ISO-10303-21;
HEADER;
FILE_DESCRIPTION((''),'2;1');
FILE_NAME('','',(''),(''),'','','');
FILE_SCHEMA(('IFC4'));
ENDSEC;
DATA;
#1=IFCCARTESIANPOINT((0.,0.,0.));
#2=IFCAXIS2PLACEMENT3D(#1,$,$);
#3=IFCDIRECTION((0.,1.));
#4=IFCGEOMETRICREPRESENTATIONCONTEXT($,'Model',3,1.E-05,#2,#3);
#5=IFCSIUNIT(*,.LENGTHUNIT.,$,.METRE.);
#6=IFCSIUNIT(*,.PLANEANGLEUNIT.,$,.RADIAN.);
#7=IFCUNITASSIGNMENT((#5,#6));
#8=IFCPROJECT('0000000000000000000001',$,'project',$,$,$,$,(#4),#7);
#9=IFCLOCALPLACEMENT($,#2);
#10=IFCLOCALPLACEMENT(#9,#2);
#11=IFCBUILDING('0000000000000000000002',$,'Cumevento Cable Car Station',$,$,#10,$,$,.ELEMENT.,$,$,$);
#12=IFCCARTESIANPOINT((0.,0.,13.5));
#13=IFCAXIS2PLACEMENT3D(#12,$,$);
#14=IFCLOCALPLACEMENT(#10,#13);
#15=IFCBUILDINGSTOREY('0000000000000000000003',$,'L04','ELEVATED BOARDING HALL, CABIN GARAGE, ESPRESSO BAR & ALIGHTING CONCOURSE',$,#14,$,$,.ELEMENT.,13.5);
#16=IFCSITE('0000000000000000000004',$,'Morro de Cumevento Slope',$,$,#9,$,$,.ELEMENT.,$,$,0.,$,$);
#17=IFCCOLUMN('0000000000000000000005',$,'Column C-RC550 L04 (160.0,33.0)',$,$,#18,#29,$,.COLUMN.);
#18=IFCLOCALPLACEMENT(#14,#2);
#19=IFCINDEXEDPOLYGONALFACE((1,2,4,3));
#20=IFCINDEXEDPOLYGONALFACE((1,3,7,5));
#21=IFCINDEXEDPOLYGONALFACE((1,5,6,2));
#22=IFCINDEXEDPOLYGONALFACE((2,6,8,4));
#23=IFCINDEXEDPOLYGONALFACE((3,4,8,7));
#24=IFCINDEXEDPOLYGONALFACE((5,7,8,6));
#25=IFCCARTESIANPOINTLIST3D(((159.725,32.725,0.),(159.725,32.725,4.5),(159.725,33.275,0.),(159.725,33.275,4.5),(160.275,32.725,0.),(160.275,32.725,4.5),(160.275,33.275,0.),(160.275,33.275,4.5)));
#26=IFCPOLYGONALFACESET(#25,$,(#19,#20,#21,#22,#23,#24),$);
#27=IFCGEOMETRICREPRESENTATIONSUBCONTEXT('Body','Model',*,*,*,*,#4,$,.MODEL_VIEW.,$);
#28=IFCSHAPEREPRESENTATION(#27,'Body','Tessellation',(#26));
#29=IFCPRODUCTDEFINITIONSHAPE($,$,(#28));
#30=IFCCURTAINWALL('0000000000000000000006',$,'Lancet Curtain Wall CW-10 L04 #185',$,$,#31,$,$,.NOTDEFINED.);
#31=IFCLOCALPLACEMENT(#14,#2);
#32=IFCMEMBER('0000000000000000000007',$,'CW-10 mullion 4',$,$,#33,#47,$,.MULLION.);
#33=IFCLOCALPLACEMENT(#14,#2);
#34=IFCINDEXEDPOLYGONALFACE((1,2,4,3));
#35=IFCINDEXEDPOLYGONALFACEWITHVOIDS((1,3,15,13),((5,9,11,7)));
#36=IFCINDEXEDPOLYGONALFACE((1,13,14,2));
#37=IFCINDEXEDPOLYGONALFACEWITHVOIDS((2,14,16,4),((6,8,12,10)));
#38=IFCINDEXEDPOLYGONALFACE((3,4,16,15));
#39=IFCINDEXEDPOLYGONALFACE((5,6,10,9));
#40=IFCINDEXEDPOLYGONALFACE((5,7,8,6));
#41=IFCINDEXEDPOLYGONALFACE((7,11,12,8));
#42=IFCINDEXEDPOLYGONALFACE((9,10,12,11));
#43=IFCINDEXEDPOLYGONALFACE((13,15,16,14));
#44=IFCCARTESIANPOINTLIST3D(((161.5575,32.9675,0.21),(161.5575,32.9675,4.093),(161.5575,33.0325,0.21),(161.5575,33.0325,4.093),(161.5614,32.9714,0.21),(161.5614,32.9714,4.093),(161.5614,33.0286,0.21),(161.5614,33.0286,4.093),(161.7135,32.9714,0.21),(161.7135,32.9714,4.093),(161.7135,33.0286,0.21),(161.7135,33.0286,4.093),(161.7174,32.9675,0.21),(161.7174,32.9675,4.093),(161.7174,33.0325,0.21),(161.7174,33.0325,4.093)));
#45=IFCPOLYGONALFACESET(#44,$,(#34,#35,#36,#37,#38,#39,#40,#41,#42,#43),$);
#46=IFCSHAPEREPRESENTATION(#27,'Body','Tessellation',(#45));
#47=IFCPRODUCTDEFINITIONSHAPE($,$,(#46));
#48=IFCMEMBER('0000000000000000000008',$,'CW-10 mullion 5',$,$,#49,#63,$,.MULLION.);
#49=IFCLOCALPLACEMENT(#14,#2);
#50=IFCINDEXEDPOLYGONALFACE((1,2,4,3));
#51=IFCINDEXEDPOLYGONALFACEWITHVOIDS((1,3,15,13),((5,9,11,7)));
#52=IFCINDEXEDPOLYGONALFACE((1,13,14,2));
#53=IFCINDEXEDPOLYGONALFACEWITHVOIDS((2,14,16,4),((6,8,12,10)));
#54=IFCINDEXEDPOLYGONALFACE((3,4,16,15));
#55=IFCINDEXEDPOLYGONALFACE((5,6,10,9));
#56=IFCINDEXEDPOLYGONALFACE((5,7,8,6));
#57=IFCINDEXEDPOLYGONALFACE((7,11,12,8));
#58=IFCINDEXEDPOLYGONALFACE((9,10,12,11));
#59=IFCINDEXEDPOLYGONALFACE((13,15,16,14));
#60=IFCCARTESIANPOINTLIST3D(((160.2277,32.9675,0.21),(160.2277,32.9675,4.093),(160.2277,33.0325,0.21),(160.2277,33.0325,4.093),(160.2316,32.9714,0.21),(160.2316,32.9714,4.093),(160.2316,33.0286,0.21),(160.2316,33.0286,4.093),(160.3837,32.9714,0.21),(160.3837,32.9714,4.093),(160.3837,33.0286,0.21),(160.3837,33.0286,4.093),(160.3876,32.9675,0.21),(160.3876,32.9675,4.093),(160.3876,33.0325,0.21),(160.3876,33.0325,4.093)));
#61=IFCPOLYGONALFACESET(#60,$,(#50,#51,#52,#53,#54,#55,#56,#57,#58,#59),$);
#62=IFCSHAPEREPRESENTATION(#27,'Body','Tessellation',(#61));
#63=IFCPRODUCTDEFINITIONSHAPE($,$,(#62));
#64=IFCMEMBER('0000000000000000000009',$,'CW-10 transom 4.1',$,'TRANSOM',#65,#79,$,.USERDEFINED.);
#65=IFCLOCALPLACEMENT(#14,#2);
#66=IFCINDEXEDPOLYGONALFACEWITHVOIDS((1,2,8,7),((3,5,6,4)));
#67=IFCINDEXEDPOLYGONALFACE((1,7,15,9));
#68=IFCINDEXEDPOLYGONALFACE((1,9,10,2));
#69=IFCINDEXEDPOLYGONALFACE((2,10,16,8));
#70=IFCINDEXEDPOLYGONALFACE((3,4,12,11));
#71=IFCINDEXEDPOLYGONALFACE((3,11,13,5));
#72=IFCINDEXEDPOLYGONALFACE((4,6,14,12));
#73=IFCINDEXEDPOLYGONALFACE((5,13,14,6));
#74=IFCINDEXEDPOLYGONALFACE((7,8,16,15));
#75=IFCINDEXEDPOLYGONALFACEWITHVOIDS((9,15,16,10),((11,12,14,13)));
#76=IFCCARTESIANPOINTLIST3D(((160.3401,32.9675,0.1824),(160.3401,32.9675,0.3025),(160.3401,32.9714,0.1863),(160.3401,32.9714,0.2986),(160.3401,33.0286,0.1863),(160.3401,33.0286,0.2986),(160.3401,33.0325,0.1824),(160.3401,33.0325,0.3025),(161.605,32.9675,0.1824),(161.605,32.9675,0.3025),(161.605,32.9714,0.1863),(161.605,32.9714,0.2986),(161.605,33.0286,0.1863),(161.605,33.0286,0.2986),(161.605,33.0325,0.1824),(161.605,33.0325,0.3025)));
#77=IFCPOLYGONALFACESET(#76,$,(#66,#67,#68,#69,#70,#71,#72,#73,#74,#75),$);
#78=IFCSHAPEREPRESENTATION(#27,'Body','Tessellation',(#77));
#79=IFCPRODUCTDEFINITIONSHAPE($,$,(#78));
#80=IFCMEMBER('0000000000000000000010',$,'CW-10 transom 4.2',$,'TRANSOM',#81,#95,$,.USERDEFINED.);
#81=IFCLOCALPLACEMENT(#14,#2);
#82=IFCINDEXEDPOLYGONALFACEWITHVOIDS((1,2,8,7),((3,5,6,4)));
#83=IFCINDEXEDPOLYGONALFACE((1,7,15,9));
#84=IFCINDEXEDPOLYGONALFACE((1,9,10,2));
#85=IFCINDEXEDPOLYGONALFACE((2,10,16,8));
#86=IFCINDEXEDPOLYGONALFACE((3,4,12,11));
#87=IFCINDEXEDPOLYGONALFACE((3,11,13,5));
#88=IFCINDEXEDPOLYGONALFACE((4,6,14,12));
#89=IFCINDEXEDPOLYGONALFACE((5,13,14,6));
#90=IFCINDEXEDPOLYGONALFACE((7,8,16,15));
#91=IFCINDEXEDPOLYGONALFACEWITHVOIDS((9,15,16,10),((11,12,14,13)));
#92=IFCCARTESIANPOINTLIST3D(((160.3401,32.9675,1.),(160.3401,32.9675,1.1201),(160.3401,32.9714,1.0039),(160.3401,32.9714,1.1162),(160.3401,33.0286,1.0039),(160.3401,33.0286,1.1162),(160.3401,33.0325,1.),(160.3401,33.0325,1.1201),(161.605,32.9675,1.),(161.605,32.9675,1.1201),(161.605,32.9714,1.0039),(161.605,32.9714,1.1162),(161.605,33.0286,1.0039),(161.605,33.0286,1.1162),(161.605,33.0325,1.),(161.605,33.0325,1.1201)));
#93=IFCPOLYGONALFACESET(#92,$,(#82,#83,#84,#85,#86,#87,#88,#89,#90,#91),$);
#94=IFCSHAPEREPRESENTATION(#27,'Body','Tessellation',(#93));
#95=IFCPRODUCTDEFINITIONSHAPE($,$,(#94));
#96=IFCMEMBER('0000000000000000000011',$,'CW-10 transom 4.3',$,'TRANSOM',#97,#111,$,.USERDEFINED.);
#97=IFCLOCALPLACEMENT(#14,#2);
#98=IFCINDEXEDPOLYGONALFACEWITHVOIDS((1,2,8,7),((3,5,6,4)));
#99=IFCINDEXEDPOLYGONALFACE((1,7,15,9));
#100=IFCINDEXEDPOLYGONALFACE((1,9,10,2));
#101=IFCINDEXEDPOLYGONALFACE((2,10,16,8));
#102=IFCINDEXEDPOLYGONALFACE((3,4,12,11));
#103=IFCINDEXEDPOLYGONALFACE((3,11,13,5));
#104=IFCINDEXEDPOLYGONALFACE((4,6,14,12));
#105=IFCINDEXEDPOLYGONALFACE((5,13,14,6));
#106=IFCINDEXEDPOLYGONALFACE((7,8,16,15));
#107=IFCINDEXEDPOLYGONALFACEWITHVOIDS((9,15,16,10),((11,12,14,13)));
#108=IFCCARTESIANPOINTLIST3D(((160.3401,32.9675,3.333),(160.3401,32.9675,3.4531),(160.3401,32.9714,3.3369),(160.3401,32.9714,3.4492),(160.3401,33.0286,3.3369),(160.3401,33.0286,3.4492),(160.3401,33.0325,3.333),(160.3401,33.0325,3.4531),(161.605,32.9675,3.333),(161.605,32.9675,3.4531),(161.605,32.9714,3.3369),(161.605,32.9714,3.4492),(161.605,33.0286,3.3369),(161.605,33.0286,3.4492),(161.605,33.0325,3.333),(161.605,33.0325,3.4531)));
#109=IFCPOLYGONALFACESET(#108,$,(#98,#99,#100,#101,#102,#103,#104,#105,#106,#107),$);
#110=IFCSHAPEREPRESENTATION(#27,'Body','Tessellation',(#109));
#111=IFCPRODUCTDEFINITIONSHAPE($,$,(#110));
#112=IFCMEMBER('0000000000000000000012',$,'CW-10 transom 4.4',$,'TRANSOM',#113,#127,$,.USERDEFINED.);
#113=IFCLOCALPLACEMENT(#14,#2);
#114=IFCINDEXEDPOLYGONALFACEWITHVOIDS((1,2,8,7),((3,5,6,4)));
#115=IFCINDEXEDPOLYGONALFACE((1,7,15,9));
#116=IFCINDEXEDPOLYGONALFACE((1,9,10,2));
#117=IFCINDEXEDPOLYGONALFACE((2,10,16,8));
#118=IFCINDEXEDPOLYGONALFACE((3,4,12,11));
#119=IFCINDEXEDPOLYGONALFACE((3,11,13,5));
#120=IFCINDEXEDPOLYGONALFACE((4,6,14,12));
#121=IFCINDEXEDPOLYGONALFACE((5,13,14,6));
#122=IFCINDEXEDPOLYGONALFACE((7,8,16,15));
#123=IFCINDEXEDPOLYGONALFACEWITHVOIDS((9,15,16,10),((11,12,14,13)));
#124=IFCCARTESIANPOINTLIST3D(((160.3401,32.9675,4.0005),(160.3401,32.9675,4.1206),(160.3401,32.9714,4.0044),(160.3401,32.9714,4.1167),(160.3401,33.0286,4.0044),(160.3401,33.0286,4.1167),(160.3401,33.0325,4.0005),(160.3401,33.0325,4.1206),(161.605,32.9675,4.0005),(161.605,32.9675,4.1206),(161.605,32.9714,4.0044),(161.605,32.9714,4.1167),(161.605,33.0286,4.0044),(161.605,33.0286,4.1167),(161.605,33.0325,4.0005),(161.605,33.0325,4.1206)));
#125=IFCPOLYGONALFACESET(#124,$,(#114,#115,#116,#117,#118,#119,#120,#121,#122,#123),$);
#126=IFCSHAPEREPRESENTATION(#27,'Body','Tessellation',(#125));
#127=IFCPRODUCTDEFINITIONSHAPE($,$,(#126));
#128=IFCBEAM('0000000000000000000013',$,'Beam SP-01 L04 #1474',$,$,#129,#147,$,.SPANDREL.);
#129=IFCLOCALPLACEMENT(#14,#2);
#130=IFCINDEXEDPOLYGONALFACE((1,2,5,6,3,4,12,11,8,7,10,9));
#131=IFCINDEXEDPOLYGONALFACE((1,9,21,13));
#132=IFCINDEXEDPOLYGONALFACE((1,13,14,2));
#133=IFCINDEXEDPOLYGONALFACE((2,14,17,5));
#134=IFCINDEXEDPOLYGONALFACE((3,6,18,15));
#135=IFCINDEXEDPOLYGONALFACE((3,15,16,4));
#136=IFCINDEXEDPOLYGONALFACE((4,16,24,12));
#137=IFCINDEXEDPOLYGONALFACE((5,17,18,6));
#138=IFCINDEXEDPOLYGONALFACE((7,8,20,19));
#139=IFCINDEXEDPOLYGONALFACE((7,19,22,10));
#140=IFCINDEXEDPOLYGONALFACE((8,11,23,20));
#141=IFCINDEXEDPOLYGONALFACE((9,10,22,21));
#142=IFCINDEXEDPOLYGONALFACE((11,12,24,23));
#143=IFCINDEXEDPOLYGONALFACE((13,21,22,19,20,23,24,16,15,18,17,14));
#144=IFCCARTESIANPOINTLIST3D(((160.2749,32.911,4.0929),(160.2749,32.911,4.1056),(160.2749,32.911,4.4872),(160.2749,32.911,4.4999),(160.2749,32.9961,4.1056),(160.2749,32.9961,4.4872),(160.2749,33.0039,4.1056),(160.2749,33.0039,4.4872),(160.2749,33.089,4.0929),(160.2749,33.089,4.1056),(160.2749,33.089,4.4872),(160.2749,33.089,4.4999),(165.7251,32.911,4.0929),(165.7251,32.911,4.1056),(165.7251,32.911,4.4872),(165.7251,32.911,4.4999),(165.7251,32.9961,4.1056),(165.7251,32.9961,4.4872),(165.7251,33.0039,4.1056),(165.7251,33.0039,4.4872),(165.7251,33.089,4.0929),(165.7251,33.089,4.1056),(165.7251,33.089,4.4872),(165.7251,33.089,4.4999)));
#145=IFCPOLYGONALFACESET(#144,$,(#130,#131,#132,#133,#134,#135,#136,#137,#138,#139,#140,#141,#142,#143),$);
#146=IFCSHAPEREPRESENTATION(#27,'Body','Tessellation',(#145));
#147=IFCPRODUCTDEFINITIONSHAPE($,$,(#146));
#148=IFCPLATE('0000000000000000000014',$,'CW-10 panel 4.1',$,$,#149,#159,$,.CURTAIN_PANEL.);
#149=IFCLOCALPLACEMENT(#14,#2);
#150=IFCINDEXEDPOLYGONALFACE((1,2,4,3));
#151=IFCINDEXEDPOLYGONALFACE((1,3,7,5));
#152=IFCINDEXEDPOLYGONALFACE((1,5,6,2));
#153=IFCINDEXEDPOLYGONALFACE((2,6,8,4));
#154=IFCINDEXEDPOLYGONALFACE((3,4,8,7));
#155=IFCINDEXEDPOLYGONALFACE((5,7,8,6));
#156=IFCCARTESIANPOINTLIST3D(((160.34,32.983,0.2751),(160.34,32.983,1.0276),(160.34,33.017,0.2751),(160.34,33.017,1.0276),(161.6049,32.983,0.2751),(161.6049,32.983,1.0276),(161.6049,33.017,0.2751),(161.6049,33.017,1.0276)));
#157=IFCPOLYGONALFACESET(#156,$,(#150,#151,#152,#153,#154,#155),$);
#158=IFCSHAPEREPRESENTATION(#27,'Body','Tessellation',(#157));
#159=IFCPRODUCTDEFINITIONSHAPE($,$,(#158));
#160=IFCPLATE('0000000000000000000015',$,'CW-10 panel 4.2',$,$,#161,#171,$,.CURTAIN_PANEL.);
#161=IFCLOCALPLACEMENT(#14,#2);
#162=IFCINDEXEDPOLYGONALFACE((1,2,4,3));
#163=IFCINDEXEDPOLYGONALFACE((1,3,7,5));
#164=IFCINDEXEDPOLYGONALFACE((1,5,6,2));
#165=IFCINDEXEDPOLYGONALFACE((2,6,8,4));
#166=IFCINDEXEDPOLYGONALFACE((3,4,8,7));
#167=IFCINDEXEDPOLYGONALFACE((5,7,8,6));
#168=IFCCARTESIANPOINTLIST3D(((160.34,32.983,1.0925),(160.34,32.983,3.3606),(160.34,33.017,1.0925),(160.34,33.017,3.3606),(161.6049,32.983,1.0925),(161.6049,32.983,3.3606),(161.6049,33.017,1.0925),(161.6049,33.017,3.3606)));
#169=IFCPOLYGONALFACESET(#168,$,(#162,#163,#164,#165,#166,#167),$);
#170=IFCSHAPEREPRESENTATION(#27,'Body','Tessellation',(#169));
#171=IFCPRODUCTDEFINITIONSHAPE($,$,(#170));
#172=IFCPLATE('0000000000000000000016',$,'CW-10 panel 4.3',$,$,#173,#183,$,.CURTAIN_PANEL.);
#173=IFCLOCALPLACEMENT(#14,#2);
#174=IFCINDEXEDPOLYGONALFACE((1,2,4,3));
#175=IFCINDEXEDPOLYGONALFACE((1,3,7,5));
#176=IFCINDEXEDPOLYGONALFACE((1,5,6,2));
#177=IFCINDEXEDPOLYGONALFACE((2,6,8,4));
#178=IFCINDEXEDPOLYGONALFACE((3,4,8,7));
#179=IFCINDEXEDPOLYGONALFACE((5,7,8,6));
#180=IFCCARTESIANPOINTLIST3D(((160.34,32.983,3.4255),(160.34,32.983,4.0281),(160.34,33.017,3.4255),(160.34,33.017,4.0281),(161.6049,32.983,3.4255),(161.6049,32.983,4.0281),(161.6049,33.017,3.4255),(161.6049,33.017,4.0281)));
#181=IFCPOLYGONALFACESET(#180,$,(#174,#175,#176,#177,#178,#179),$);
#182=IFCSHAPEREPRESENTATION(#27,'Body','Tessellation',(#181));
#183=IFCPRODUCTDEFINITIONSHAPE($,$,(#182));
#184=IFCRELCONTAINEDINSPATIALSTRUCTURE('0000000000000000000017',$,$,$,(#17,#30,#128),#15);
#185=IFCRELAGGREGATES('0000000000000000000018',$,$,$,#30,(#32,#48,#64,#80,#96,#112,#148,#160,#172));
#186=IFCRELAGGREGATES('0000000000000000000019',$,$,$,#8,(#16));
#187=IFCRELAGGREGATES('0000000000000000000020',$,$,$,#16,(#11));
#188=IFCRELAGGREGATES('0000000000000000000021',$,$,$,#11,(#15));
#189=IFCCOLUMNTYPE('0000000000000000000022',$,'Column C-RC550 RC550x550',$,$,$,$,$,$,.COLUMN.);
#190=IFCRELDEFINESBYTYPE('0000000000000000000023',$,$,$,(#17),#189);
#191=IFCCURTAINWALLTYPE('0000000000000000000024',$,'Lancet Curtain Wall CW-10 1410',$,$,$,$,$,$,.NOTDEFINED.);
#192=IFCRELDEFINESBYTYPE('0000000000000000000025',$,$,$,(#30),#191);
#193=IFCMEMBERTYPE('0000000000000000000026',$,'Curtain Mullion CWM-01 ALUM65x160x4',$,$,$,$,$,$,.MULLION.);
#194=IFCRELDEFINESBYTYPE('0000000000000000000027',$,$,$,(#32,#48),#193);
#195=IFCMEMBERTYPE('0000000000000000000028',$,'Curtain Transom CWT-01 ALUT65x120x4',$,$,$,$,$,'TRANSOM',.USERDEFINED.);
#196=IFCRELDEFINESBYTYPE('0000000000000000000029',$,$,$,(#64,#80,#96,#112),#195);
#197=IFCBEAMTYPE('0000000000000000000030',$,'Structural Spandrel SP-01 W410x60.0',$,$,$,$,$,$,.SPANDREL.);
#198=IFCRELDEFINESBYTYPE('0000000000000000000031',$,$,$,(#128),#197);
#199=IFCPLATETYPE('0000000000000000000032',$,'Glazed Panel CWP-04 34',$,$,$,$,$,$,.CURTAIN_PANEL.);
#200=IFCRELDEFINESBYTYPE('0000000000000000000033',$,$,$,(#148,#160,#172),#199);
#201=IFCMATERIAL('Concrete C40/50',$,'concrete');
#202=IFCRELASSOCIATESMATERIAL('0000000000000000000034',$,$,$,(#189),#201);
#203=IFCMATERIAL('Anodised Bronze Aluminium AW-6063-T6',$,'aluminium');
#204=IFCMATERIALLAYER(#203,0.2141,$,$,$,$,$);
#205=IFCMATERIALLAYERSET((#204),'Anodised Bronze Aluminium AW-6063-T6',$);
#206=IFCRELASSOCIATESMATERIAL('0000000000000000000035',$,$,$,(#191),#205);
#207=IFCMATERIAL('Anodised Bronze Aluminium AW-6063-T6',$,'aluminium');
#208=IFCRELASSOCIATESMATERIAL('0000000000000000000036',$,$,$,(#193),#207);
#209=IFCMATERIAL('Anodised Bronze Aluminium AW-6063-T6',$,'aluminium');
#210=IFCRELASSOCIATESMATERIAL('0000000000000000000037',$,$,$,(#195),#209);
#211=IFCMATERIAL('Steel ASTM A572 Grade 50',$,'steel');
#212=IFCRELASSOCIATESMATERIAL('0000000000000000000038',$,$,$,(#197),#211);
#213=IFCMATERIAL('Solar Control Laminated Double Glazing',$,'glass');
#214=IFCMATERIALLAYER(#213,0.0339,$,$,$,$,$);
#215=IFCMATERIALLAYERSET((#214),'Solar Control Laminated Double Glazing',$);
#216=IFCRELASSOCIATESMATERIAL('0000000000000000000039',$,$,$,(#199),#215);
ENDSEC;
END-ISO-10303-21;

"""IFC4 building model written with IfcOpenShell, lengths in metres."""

from ifc_helpers import new_model, si_unit, direction, frame, origin, origin_2d, place, context, subcontext, project, spatial, rectangle, hollow_rectangle, i_section, extrude, material, layer, layer_set, material_profile, profile_set, type_object, element, aggregate, save


model = new_model("IFC4")

# Units and contexts
model_context = context("Model", 3, precision=1e-05, world=origin(), true_north=direction((0.0, 1.0)))
body_context = subcontext(model_context, "Body", "Model", "MODEL_VIEW")
ifc_project = project(units=[si_unit("LENGTHUNIT", "METRE"), si_unit("PLANEANGLEUNIT", "RADIAN")], contexts=[model_context])

# Site, building, storey
site_placement = place(None, origin())
site = spatial("IfcSite", under=ifc_project, at=site_placement, Name="Morro de Cumevento Slope", CompositionType="ELEMENT", RefElevation=0.0)
building_placement = place(site_placement, origin())
building = spatial("IfcBuilding", under=site, at=building_placement, Name="Cumevento Cable Car Station", CompositionType="ELEMENT")
storey_placement = place(building_placement, frame((0.0, 0.0, 13.5)))
storey = spatial("IfcBuildingStorey", under=building, at=storey_placement, Name="L04", Description="ELEVATED BOARDING HALL, CABIN GARAGE, ESPRESSO BAR & ALIGHTING CONCOURSE", CompositionType="ELEMENT", Elevation=13.5)

# Column
ifc_material_1 = material(Name="Concrete C40/50", Category="concrete")
ifc_material_profile_1 = material_profile(ifc_material_1, rectangle(XDim=0.55, YDim=0.55, at=origin_2d()), Name="RC550x550")
ifc_profile_set_1 = profile_set([ifc_material_profile_1], Name="Concrete C40/50")
column_type = type_object("IfcColumnType", Name="Column C-RC550 RC550x550", PredefinedType="COLUMN", material=ifc_profile_set_1)
column_placement = place(storey_placement, frame((160.0, 33.0, 0.0), z_axis=(0.0, 0.0, 1.0), x_axis=(1.0, 0.0, 0.0)))
element("IfcColumn", 1, at=column_placement, inside=storey, type_object=column_type, Name="Column C-RC550 L04 (160.0,33.0)", PredefinedType="COLUMN", context=body_context, shape_type="SweptSolid", body=[
    extrude(rectangle(XDim=0.55, YDim=0.55, at=origin_2d()), origin(), (0.0, 0.0, 1.0), 4.5),
])

# Curtain wall, members
ifc_material_2 = material(Name="Anodised Bronze Aluminium AW-6063-T6", Category="aluminium")
ifc_layer_1 = layer(ifc_material_2, 0.2141)
ifc_layer_set_1 = layer_set([ifc_layer_1], Name="Anodised Bronze Aluminium AW-6063-T6")
curtain_wall_type = type_object("IfcCurtainWallType", Name="Lancet Curtain Wall CW-10 1410", PredefinedType="NOTDEFINED", material=ifc_layer_set_1)
curtain_wall_placement = place(storey_placement, origin())
curtain_wall = element("IfcCurtainWall", 2, at=curtain_wall_placement, inside=storey, type_object=curtain_wall_type, Name="Lancet Curtain Wall CW-10 L04 #185", PredefinedType="NOTDEFINED")
ifc_material_3 = material(Name="Anodised Bronze Aluminium AW-6063-T6", Category="aluminium")
ifc_material_profile_2 = material_profile(ifc_material_3, hollow_rectangle(XDim=0.0649, YDim=0.1599, WallThickness=0.0039, at=origin_2d()), Name="ALUM65x160x4")
ifc_profile_set_2 = profile_set([ifc_material_profile_2], Name="Anodised Bronze Aluminium AW-6063-T6")
member_type_1 = type_object("IfcMemberType", Name="Curtain Mullion CWM-01 ALUM65x160x4", PredefinedType="MULLION", material=ifc_profile_set_2)
member_1_placement = place(storey_placement, frame((161.6375, 33.0, 0.21), z_axis=(0.0, 0.0, 1.0), x_axis=(0.0, -1.0, 0.0)))
member_1 = element("IfcMember", 3, at=member_1_placement, type_object=member_type_1, Name="CW-10 mullion 4", PredefinedType="MULLION", context=body_context, shape_type="SweptSolid", body=[
    extrude(hollow_rectangle(XDim=0.0649, YDim=0.1599, WallThickness=0.0039, at=origin_2d()), origin(), (0.0, 0.0, 1.0), 3.8831),
])
member_2_placement = place(storey_placement, frame((160.3076, 33.0, 0.21), z_axis=(0.0, 0.0, 1.0), x_axis=(0.0, -1.0, 0.0)))
member_2 = element("IfcMember", 4, at=member_2_placement, type_object=member_type_1, Name="CW-10 mullion 5", PredefinedType="MULLION", context=body_context, shape_type="SweptSolid", body=[
    extrude(hollow_rectangle(XDim=0.0649, YDim=0.1599, WallThickness=0.0039, at=origin_2d()), origin(), (0.0, 0.0, 1.0), 3.8831),
])
ifc_material_4 = material(Name="Anodised Bronze Aluminium AW-6063-T6", Category="aluminium")
ifc_material_profile_3 = material_profile(ifc_material_4, hollow_rectangle(XDim=0.0649, YDim=0.1201, WallThickness=0.0039, at=origin_2d()), Name="ALUT65x120x4")
ifc_profile_set_3 = profile_set([ifc_material_profile_3], Name="Anodised Bronze Aluminium AW-6063-T6")
member_type_2 = type_object("IfcMemberType", Name="Curtain Transom CWT-01 ALUT65x120x4", ElementType="TRANSOM", PredefinedType="USERDEFINED", material=ifc_profile_set_3)
member_3_placement = place(storey_placement, frame((161.605, 33.0, 0.2424), z_axis=(-1.0, 0.0, 0.0), x_axis=(0.0, -1.0, 0.0)))
member_3 = element("IfcMember", 5, at=member_3_placement, type_object=member_type_2, Name="CW-10 transom 4.1", ObjectType="TRANSOM", PredefinedType="USERDEFINED", context=body_context, shape_type="SweptSolid", body=[
    extrude(hollow_rectangle(XDim=0.0649, YDim=0.1201, WallThickness=0.0039, at=origin_2d()), origin(), (0.0, 0.0, 1.0), 1.2649),
])
member_4_placement = place(storey_placement, frame((161.605, 33.0, 1.0601), z_axis=(-1.0, 0.0, 0.0), x_axis=(0.0, -1.0, 0.0)))
member_4 = element("IfcMember", 6, at=member_4_placement, type_object=member_type_2, Name="CW-10 transom 4.2", ObjectType="TRANSOM", PredefinedType="USERDEFINED", context=body_context, shape_type="SweptSolid", body=[
    extrude(hollow_rectangle(XDim=0.0649, YDim=0.1201, WallThickness=0.0039, at=origin_2d()), origin(), (0.0, 0.0, 1.0), 1.2649),
])
member_5_placement = place(storey_placement, frame((161.605, 33.0, 3.3931), z_axis=(-1.0, 0.0, 0.0), x_axis=(0.0, -1.0, 0.0)))
member_5 = element("IfcMember", 7, at=member_5_placement, type_object=member_type_2, Name="CW-10 transom 4.3", ObjectType="TRANSOM", PredefinedType="USERDEFINED", context=body_context, shape_type="SweptSolid", body=[
    extrude(hollow_rectangle(XDim=0.0649, YDim=0.1201, WallThickness=0.0039, at=origin_2d()), origin(), (0.0, 0.0, 1.0), 1.2649),
])
member_6_placement = place(storey_placement, frame((161.605, 33.0, 4.0605), z_axis=(-1.0, 0.0, 0.0), x_axis=(0.0, -1.0, 0.0)))
member_6 = element("IfcMember", 8, at=member_6_placement, type_object=member_type_2, Name="CW-10 transom 4.4", ObjectType="TRANSOM", PredefinedType="USERDEFINED", context=body_context, shape_type="SweptSolid", body=[
    extrude(hollow_rectangle(XDim=0.0649, YDim=0.1201, WallThickness=0.0039, at=origin_2d()), origin(), (0.0, 0.0, 1.0), 1.2649),
])

# Beam
ifc_material_5 = material(Name="Steel ASTM A572 Grade 50", Category="steel")
ifc_material_profile_4 = material_profile(ifc_material_5, i_section(OverallWidth=0.178, OverallDepth=0.407, WebThickness=0.0078, FlangeThickness=0.0127, at=origin_2d()), Name="W410x60.0")
ifc_profile_set_4 = profile_set([ifc_material_profile_4], Name="Steel ASTM A572 Grade 50")
beam_type = type_object("IfcBeamType", Name="Structural Spandrel SP-01 W410x60.0", PredefinedType="SPANDREL", material=ifc_profile_set_4)
beam_placement = place(storey_placement, frame((160.2749, 33.0, 4.2964), z_axis=(1.0, 0.0, 0.0), x_axis=(0.0, 1.0, 0.0)))
element("IfcBeam", 9, at=beam_placement, inside=storey, type_object=beam_type, Name="Beam SP-01 L04 #1474", PredefinedType="SPANDREL", context=body_context, shape_type="SweptSolid", body=[
    extrude(i_section(OverallWidth=0.178, OverallDepth=0.407, WebThickness=0.0078, FlangeThickness=0.0127, at=origin_2d()), origin(), (0.0, 0.0, 1.0), 5.4502),
])

# Plates
ifc_material_6 = material(Name="Solar Control Laminated Double Glazing", Category="glass")
ifc_layer_2 = layer(ifc_material_6, 0.0339)
ifc_layer_set_2 = layer_set([ifc_layer_2], Name="Solar Control Laminated Double Glazing")
plate_type = type_object("IfcPlateType", Name="Glazed Panel CWP-04 34", PredefinedType="CURTAIN_PANEL", material=ifc_layer_set_2)
plate_1_placement = place(storey_placement, frame((160.9724, 33.0, 0.2751), z_axis=(0.0, 0.0, 1.0), x_axis=(-1.0, 0.0, 0.0)))
plate_1 = element("IfcPlate", 10, at=plate_1_placement, type_object=plate_type, Name="CW-10 panel 4.1", PredefinedType="CURTAIN_PANEL", context=body_context, shape_type="SweptSolid", body=[
    extrude(rectangle(XDim=1.2649, YDim=0.0339, at=origin_2d()), origin(), (0.0, 0.0, 1.0), 0.7524),
])
plate_2_placement = place(storey_placement, frame((160.9724, 33.0, 1.0925), z_axis=(0.0, 0.0, 1.0), x_axis=(-1.0, 0.0, 0.0)))
plate_2 = element("IfcPlate", 11, at=plate_2_placement, type_object=plate_type, Name="CW-10 panel 4.2", PredefinedType="CURTAIN_PANEL", context=body_context, shape_type="SweptSolid", body=[
    extrude(rectangle(XDim=1.2649, YDim=0.0339, at=origin_2d()), origin(), (0.0, 0.0, 1.0), 2.2681),
])
plate_3_placement = place(storey_placement, frame((160.9724, 33.0, 3.4255), z_axis=(0.0, 0.0, 1.0), x_axis=(-1.0, 0.0, 0.0)))
plate_3 = element("IfcPlate", 12, at=plate_3_placement, type_object=plate_type, Name="CW-10 panel 4.3", PredefinedType="CURTAIN_PANEL", context=body_context, shape_type="SweptSolid", body=[
    extrude(rectangle(XDim=1.2649, YDim=0.0339, at=origin_2d()), origin(), (0.0, 0.0, 1.0), 0.6025),
])
aggregate(curtain_wall, [member_1, member_2, member_3, member_4, member_5, member_6, plate_1, plate_2, plate_3])

save(model, "model.ifc")
